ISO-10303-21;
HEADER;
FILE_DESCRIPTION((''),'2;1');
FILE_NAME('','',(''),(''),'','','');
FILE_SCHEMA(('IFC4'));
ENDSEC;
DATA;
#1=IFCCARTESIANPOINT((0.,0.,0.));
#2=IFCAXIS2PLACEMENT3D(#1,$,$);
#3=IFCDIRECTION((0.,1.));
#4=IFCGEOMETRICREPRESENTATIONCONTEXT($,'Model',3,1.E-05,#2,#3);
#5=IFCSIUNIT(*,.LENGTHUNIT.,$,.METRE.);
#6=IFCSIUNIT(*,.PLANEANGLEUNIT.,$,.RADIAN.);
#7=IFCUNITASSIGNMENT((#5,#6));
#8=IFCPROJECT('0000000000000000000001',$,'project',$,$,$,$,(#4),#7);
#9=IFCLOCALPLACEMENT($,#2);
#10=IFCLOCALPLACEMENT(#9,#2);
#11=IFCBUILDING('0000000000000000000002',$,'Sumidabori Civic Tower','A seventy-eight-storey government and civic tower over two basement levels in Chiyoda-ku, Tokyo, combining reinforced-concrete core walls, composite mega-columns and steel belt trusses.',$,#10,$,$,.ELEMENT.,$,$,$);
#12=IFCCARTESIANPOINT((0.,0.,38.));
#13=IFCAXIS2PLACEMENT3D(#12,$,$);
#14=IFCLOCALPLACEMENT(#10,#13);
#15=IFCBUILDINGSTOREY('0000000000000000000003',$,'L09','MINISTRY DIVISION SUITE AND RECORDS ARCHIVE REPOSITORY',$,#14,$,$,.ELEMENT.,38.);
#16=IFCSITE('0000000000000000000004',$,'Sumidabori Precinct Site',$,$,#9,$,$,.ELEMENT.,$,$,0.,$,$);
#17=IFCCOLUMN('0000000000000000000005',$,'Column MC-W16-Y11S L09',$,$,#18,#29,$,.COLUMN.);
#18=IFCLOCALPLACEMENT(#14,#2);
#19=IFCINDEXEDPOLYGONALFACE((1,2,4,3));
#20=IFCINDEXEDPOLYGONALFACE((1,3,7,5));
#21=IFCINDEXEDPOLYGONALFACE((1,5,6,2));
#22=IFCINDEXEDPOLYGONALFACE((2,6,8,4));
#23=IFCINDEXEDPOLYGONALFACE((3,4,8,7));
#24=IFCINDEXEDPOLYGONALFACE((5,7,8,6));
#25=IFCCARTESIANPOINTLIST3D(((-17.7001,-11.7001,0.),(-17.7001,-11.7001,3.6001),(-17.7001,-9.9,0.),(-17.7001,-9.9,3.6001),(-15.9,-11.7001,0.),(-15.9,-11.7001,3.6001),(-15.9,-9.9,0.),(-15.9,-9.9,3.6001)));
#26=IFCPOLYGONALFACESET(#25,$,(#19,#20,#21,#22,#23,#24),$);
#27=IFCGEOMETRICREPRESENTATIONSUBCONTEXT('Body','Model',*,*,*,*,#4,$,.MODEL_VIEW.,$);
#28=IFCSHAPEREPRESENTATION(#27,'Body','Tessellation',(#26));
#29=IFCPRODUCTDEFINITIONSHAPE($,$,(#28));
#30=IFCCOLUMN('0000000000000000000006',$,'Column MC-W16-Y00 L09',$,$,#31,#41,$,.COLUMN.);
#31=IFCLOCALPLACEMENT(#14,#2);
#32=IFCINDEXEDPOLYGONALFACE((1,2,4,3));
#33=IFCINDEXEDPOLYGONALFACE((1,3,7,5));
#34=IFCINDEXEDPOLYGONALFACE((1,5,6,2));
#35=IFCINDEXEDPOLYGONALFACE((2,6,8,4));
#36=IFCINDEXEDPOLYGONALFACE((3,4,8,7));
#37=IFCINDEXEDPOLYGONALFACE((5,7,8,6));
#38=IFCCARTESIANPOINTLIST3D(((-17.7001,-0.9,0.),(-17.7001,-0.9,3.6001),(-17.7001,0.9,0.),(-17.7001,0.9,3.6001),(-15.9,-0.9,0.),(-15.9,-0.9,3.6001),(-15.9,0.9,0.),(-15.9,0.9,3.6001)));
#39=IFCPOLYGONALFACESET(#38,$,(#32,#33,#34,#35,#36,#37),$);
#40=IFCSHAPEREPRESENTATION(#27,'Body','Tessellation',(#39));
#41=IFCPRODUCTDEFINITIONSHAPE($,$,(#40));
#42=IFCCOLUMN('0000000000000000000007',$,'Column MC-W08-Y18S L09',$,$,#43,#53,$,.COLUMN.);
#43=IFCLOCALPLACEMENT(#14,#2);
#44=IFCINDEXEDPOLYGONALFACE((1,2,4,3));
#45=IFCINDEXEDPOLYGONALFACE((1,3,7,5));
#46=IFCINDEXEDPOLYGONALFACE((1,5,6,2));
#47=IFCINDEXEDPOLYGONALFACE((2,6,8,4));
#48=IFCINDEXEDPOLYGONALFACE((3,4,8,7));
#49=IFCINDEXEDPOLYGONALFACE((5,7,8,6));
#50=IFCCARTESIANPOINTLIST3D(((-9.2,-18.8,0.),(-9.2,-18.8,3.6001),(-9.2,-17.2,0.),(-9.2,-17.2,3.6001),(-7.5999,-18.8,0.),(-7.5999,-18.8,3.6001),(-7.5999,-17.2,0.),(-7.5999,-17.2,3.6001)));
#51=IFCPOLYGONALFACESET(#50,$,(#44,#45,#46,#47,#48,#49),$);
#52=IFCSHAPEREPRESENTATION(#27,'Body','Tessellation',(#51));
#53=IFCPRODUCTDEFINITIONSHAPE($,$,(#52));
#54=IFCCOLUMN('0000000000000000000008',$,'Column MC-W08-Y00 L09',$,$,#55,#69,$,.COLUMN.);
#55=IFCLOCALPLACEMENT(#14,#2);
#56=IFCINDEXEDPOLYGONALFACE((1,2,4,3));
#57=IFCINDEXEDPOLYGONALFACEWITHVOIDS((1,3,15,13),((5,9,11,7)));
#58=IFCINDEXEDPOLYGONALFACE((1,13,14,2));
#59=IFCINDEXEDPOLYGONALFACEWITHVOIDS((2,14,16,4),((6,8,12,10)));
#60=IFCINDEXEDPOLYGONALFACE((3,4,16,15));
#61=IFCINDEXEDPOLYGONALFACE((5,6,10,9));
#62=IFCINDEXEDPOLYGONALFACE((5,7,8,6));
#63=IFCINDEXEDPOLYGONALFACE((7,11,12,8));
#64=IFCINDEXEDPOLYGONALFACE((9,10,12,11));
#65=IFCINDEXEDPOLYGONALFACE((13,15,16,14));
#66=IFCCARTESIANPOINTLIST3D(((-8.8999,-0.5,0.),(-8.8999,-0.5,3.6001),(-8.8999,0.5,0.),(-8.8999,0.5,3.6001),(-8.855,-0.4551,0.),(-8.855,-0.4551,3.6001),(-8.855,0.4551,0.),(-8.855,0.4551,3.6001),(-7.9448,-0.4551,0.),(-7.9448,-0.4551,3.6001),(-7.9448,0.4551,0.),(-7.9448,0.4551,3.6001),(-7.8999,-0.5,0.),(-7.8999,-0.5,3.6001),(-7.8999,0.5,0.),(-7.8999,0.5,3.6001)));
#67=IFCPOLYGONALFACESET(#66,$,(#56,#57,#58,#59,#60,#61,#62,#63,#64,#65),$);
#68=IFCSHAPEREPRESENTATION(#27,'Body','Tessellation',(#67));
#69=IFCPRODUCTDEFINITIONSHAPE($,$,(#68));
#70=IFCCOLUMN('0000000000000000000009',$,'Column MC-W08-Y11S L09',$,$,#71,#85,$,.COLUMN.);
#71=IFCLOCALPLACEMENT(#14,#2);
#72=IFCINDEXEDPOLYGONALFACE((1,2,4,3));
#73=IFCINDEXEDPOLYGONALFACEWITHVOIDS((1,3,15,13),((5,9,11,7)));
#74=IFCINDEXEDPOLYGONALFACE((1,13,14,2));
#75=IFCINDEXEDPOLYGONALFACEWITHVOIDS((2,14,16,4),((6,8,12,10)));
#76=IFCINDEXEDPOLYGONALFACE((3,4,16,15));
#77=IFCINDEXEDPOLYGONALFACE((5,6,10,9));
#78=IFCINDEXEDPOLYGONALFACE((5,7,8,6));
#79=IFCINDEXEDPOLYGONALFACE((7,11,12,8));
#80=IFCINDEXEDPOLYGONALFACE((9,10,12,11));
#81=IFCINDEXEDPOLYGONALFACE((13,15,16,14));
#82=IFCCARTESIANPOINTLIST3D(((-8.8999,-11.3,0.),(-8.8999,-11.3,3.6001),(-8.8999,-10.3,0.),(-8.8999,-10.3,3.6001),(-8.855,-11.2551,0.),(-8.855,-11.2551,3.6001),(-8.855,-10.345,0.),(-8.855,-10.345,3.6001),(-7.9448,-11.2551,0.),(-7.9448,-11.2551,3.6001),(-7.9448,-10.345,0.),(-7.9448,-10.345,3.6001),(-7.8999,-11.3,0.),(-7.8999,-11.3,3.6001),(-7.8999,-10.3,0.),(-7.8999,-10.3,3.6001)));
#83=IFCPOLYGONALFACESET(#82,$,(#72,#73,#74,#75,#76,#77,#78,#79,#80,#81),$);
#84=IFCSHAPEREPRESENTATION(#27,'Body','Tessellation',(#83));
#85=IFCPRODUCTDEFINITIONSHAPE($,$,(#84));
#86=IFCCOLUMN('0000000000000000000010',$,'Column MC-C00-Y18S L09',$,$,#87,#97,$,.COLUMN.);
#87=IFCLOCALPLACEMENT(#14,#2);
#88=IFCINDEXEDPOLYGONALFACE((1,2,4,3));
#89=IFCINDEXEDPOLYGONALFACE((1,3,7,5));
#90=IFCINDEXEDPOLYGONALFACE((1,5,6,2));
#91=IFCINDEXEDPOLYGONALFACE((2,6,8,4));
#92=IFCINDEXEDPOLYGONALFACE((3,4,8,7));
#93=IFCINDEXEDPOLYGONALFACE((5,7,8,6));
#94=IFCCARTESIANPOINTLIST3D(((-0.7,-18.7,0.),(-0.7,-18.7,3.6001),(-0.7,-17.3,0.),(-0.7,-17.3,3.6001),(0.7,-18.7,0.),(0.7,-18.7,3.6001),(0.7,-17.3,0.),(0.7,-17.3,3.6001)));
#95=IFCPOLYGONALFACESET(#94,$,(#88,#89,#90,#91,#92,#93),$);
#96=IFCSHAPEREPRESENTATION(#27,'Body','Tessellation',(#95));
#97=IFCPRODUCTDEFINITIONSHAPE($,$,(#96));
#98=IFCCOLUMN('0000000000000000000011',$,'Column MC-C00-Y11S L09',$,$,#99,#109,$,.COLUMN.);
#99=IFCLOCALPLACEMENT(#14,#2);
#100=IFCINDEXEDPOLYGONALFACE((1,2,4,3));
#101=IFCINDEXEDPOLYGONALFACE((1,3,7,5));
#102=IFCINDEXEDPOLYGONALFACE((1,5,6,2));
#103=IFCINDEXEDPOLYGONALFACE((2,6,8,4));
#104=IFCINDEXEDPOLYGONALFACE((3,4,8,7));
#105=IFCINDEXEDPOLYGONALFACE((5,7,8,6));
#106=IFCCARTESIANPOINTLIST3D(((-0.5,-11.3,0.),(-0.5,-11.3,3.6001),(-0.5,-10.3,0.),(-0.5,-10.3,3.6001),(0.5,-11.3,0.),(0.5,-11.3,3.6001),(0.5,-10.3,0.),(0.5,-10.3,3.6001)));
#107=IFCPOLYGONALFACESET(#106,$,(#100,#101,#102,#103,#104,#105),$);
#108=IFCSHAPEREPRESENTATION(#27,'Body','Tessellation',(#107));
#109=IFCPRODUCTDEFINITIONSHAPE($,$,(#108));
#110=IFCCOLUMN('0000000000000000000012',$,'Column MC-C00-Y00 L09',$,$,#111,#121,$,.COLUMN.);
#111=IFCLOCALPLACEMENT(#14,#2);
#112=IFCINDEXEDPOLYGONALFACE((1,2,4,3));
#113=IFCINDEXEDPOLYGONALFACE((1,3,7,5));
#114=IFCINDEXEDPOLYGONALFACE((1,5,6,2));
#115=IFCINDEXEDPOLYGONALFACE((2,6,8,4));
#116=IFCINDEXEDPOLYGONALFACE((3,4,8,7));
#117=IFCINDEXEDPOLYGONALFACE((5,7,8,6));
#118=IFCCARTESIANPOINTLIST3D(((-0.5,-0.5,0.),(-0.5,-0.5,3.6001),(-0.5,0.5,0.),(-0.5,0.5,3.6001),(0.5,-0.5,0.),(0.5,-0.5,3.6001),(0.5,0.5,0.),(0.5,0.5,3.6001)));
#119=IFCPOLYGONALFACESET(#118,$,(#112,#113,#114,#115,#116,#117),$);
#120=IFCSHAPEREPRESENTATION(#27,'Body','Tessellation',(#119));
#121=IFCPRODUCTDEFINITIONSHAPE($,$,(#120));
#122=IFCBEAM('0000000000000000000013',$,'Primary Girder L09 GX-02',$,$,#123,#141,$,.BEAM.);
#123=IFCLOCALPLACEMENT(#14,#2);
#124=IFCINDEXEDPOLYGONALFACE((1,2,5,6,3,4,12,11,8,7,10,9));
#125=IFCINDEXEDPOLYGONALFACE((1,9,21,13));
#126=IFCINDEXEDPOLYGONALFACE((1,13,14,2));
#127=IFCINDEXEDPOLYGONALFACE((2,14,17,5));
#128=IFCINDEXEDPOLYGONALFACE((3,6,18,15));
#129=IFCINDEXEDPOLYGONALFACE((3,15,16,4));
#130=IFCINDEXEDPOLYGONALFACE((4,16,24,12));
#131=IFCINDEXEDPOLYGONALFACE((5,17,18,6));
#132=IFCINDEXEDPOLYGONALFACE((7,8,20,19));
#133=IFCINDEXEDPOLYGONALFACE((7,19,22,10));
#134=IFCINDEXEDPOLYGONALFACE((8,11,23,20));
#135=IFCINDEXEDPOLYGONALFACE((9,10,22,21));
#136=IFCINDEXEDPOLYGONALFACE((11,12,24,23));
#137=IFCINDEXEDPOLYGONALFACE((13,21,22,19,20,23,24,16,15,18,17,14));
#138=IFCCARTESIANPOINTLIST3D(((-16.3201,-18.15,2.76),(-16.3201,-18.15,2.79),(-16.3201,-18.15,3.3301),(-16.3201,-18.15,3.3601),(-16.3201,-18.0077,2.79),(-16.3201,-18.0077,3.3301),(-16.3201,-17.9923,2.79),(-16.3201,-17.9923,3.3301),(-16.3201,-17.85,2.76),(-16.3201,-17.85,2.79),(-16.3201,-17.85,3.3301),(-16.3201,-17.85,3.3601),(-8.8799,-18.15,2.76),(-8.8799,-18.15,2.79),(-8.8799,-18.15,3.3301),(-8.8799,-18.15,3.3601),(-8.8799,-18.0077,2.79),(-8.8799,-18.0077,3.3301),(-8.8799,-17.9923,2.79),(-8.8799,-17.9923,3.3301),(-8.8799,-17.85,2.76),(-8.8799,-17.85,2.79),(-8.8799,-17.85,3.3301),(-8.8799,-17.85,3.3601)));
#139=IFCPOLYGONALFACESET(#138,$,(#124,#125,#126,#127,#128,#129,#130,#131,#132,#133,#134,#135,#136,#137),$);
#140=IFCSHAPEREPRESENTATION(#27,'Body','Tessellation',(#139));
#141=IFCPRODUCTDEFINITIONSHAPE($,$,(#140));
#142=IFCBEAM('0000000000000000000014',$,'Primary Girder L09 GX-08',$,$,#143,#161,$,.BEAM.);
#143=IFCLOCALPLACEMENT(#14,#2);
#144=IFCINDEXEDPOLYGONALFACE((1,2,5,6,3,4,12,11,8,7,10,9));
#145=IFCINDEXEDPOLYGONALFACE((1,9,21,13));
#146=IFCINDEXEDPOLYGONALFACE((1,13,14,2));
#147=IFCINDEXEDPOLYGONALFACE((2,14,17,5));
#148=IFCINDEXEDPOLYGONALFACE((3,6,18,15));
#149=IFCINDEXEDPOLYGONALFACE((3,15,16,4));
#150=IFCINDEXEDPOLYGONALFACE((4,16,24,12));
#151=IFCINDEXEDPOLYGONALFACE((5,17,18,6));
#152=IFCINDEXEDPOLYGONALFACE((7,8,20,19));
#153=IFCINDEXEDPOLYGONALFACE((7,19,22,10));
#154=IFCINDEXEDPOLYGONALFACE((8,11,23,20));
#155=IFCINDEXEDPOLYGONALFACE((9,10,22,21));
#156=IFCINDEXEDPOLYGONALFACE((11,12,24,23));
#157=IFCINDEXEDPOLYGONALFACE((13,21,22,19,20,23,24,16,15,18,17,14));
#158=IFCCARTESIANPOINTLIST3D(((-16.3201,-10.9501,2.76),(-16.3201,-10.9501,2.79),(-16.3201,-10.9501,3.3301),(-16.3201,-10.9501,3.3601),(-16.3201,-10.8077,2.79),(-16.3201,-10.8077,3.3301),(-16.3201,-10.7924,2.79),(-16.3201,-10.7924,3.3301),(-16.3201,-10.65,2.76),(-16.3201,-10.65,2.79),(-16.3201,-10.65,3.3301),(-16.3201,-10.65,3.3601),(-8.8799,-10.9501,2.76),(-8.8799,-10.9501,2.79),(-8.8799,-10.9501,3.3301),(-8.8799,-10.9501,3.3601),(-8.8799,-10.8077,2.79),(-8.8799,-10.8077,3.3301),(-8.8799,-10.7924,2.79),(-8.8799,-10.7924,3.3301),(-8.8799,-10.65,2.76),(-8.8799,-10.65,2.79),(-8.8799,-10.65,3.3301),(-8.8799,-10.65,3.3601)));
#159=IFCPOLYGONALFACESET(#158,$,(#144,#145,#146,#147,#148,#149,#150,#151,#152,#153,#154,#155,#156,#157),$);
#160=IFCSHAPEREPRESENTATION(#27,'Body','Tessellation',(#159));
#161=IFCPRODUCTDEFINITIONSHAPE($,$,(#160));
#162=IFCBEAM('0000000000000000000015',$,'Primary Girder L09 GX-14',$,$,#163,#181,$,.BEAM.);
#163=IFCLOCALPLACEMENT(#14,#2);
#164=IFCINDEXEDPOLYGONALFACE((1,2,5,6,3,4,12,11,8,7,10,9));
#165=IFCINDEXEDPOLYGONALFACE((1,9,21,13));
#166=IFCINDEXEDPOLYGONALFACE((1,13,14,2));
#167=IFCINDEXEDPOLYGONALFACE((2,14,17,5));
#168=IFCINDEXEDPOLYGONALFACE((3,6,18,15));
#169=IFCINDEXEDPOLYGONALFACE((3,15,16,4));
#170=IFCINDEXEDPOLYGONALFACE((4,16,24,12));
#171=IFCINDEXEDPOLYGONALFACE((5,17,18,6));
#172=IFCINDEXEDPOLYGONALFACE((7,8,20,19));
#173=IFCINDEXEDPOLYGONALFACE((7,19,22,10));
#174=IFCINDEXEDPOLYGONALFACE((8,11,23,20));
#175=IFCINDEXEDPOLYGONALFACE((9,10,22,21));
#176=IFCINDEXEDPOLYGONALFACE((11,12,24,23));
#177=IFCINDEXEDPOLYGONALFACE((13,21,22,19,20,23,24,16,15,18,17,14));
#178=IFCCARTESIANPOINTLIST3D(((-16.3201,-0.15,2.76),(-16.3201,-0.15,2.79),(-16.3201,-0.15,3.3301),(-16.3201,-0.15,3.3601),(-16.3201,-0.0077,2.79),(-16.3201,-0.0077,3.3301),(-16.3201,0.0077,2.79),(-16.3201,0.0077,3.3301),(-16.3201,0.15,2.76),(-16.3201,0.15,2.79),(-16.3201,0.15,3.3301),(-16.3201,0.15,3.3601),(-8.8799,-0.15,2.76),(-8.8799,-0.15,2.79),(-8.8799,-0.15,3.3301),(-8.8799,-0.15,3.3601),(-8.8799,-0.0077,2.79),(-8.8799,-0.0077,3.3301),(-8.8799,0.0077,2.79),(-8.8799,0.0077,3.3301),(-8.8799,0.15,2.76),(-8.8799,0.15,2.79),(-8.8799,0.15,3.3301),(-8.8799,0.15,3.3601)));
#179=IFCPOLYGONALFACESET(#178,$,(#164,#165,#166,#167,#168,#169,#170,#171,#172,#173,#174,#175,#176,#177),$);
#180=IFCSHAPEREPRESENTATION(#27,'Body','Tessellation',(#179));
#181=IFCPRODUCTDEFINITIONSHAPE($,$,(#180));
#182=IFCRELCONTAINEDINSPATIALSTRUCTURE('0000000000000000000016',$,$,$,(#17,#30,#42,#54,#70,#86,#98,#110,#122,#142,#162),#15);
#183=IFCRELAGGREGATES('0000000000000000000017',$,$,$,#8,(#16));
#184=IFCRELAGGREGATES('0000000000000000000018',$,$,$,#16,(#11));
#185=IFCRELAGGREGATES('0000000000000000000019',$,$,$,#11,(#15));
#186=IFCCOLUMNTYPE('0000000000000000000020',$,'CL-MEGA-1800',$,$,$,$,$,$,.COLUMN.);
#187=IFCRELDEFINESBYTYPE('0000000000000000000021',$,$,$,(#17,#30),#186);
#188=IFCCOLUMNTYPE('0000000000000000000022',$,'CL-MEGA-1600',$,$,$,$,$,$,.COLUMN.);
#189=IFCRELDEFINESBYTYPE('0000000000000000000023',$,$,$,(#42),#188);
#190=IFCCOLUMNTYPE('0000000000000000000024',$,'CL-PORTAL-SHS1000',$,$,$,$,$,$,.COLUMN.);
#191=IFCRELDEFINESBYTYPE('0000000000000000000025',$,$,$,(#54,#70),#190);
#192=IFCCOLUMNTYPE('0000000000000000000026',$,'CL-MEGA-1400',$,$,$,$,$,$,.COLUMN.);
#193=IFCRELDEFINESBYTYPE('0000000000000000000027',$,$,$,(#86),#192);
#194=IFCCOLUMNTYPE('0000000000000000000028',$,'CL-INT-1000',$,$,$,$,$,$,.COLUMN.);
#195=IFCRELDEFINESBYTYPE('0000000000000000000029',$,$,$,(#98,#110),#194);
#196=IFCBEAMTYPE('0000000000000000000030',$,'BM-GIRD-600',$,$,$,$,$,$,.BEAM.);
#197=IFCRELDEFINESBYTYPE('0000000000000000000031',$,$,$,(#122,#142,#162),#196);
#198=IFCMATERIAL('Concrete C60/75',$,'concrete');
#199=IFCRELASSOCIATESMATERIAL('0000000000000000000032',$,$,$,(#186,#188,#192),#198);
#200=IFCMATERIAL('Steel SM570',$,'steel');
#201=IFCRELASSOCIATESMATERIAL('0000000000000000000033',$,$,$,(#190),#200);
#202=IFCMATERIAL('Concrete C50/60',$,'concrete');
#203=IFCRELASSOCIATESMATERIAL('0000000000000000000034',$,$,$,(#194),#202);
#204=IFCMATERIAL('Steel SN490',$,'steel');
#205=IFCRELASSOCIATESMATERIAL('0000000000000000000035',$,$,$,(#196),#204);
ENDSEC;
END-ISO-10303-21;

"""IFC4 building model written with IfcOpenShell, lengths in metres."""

from ifc_helpers import new_model, si_unit, direction, frame, origin, origin_2d, place, context, subcontext, project, spatial, rectangle, hollow_rectangle, i_section, extrude, source, transform, mapped, material, material_profile, profile_set, type_object, element, save


model = new_model("IFC4")

# Units and contexts
model_context = context("Model", 3, precision=1e-05, world=origin(), true_north=direction((0.0, 1.0)))
body_context = subcontext(model_context, "Body", "Model", "MODEL_VIEW")
ifc_project = project(units=[si_unit("LENGTHUNIT", "METRE"), si_unit("PLANEANGLEUNIT", "RADIAN")], contexts=[model_context])

# Site, building, storey
site_placement = place(None, origin())
site = spatial("IfcSite", under=ifc_project, at=site_placement, Name="Sumidabori Precinct Site", CompositionType="ELEMENT", RefElevation=0.0)
building_placement = place(site_placement, origin())
building = spatial("IfcBuilding", under=site, at=building_placement, Name="Sumidabori Civic Tower", Description="A seventy-eight-storey government and civic tower over two basement levels in Chiyoda-ku, Tokyo, combining reinforced-concrete core walls, composite mega-columns and steel belt trusses.", CompositionType="ELEMENT")
storey_placement = place(building_placement, frame((0.0, 0.0, 38.0)))
storey = spatial("IfcBuildingStorey", under=building, at=storey_placement, Name="L09", Description="MINISTRY DIVISION SUITE AND RECORDS ARCHIVE REPOSITORY", CompositionType="ELEMENT", Elevation=38.0)

# Columns
ifc_material_1 = material(Name="Concrete C60/75", Category="concrete")
ifc_material_profile_1 = material_profile(ifc_material_1, rectangle(XDim=1.8, YDim=1.8, at=origin_2d()), Name="RC 1800x1800")
ifc_profile_set_1 = profile_set([ifc_material_profile_1], Name="Concrete C60/75")
column_type_1 = type_object("IfcColumnType", Name="CL-MEGA-1800", PredefinedType="COLUMN", material=ifc_profile_set_1)
shared_shape_1 = source(origin(), body_context, "Body", "SweptSolid", [
    extrude(rectangle(XDim=1.8, YDim=1.8, at=origin_2d()), origin(), (0.0, 0.0, 1.0), 3.6001),
])
for number, where, z_axis, x_axis, name in (
    (1, (-16.8, -10.8, 0.0), (0.0, 0.0, 1.0), (1.0, 0.0, 0.0), "Column MC-W16-Y11S L09"),
    (2, (-16.8, 0.0, 0.0), (0.0, 0.0, 1.0), (1.0, 0.0, 0.0), "Column MC-W16-Y00 L09"),
):
    element("IfcColumn", number, at=place(storey_placement, frame(where, z_axis=z_axis, x_axis=x_axis)), inside=storey, type_object=column_type_1, Name=name, PredefinedType="COLUMN", context=body_context, shape_type="MappedRepresentation", body=[
        mapped(shared_shape_1, transform((0.0, 0.0, 0.0), x_axis=(1.0, 0.0, 0.0), y_axis=(0.0, 1.0, 0.0), z_axis=(0.0, 0.0, 1.0), scale=1.0)),
    ])
ifc_material_profile_2 = material_profile(ifc_material_1, rectangle(XDim=1.6001, YDim=1.6001, at=origin_2d()), Name="RC 1600x1600")
ifc_profile_set_2 = profile_set([ifc_material_profile_2], Name="Concrete C60/75")
column_type_2 = type_object("IfcColumnType", Name="CL-MEGA-1600", PredefinedType="COLUMN", material=ifc_profile_set_2)
shared_shape_2 = source(origin(), body_context, "Body", "SweptSolid", [
    extrude(rectangle(XDim=1.6001, YDim=1.6001, at=origin_2d()), origin(), (0.0, 0.0, 1.0), 3.6001),
])
column_1_placement = place(storey_placement, frame((-8.3999, -18.0, 0.0), z_axis=(0.0, 0.0, 1.0), x_axis=(1.0, 0.0, 0.0)))
element("IfcColumn", 3, at=column_1_placement, inside=storey, type_object=column_type_2, Name="Column MC-W08-Y18S L09", PredefinedType="COLUMN", context=body_context, shape_type="MappedRepresentation", body=[
    mapped(shared_shape_2, transform((0.0, 0.0, 0.0), x_axis=(1.0, 0.0, 0.0), y_axis=(0.0, 1.0, 0.0), z_axis=(0.0, 0.0, 1.0), scale=1.0)),
])
ifc_material_2 = material(Name="Steel SM570", Category="steel")
ifc_material_profile_3 = material_profile(ifc_material_2, hollow_rectangle(XDim=1.0, YDim=1.0, WallThickness=0.0449, at=origin_2d()), Name="SHS 1000x1000x45")
ifc_profile_set_3 = profile_set([ifc_material_profile_3], Name="Steel SM570")
column_type_3 = type_object("IfcColumnType", Name="CL-PORTAL-SHS1000", PredefinedType="COLUMN", material=ifc_profile_set_3)
shared_shape_3 = source(origin(), body_context, "Body", "SweptSolid", [
    extrude(hollow_rectangle(XDim=1.0, YDim=1.0, WallThickness=0.0449, at=origin_2d()), origin(), (0.0, 0.0, 1.0), 3.6001),
])
for number, where, z_axis, x_axis, name in (
    (4, (-8.3999, 0.0, 0.0), (0.0, 0.0, 1.0), (1.0, 0.0, 0.0), "Column MC-W08-Y00 L09"),
    (5, (-8.3999, -10.8, 0.0), (0.0, 0.0, 1.0), (1.0, 0.0, 0.0), "Column MC-W08-Y11S L09"),
):
    element("IfcColumn", number, at=place(storey_placement, frame(where, z_axis=z_axis, x_axis=x_axis)), inside=storey, type_object=column_type_3, Name=name, PredefinedType="COLUMN", context=body_context, shape_type="MappedRepresentation", body=[
        mapped(shared_shape_3, transform((0.0, 0.0, 0.0), x_axis=(1.0, 0.0, 0.0), y_axis=(0.0, 1.0, 0.0), z_axis=(0.0, 0.0, 1.0), scale=1.0)),
    ])
ifc_material_profile_4 = material_profile(ifc_material_1, rectangle(XDim=1.3999, YDim=1.3999, at=origin_2d()), Name="RC 1400x1400")
ifc_profile_set_4 = profile_set([ifc_material_profile_4], Name="Concrete C60/75")
column_type_4 = type_object("IfcColumnType", Name="CL-MEGA-1400", PredefinedType="COLUMN", material=ifc_profile_set_4)
shared_shape_4 = source(origin(), body_context, "Body", "SweptSolid", [
    extrude(rectangle(XDim=1.3999, YDim=1.3999, at=origin_2d()), origin(), (0.0, 0.0, 1.0), 3.6001),
])
column_2_placement = place(storey_placement, frame((0.0, -18.0, 0.0), z_axis=(0.0, 0.0, 1.0), x_axis=(1.0, 0.0, 0.0)))
element("IfcColumn", 6, at=column_2_placement, inside=storey, type_object=column_type_4, Name="Column MC-C00-Y18S L09", PredefinedType="COLUMN", context=body_context, shape_type="MappedRepresentation", body=[
    mapped(shared_shape_4, transform((0.0, 0.0, 0.0), x_axis=(1.0, 0.0, 0.0), y_axis=(0.0, 1.0, 0.0), z_axis=(0.0, 0.0, 1.0), scale=1.0)),
])
ifc_material_3 = material(Name="Concrete C50/60", Category="concrete")
ifc_material_profile_5 = material_profile(ifc_material_3, rectangle(XDim=1.0, YDim=1.0, at=origin_2d()), Name="RC 1000x1000")
ifc_profile_set_5 = profile_set([ifc_material_profile_5], Name="Concrete C50/60")
column_type_5 = type_object("IfcColumnType", Name="CL-INT-1000", PredefinedType="COLUMN", material=ifc_profile_set_5)
shared_shape_5 = source(origin(), body_context, "Body", "SweptSolid", [
    extrude(rectangle(XDim=1.0, YDim=1.0, at=origin_2d()), origin(), (0.0, 0.0, 1.0), 3.6001),
])
for number, where, z_axis, x_axis, name in (
    (7, (0.0, -10.8, 0.0), (0.0, 0.0, 1.0), (1.0, 0.0, 0.0), "Column MC-C00-Y11S L09"),
    (8, (0.0, 0.0, 0.0), (0.0, 0.0, 1.0), (1.0, 0.0, 0.0), "Column MC-C00-Y00 L09"),
):
    element("IfcColumn", number, at=place(storey_placement, frame(where, z_axis=z_axis, x_axis=x_axis)), inside=storey, type_object=column_type_5, Name=name, PredefinedType="COLUMN", context=body_context, shape_type="MappedRepresentation", body=[
        mapped(shared_shape_5, transform((0.0, 0.0, 0.0), x_axis=(1.0, 0.0, 0.0), y_axis=(0.0, 1.0, 0.0), z_axis=(0.0, 0.0, 1.0), scale=1.0)),
    ])

# Beams
ifc_material_4 = material(Name="Steel SN490", Category="steel")
ifc_material_profile_6 = material_profile(ifc_material_4, i_section(OverallWidth=0.3, OverallDepth=0.6001, WebThickness=0.0154, FlangeThickness=0.03, at=origin_2d()), Name="HE 600 B")
ifc_profile_set_6 = profile_set([ifc_material_profile_6], Name="Steel SN490")
beam_type_1 = type_object("IfcBeamType", Name="BM-GIRD-600", PredefinedType="BEAM", material=ifc_profile_set_6)
shared_shape_6 = source(origin(), body_context, "Body", "SweptSolid", [
    extrude(i_section(OverallWidth=0.3, OverallDepth=0.6001, WebThickness=0.0154, FlangeThickness=0.03, at=origin_2d()), origin(), (0.0, 0.0, 1.0), 7.4402),
])
for number, where, z_axis, x_axis, name in (
    (9, (-16.3201, -18.0, 3.0601), (1.0, 0.0, 0.0), (0.0, 1.0, 0.0), "Primary Girder L09 GX-02"),
    (10, (-16.3201, -10.8, 3.0601), (1.0, 0.0, 0.0), (0.0, 1.0, 0.0), "Primary Girder L09 GX-08"),
    (11, (-16.3201, 0.0, 3.0601), (1.0, 0.0, 0.0), (0.0, 1.0, 0.0), "Primary Girder L09 GX-14"),
):
    element("IfcBeam", number, at=place(storey_placement, frame(where, z_axis=z_axis, x_axis=x_axis)), inside=storey, type_object=beam_type_1, Name=name, PredefinedType="BEAM", context=body_context, shape_type="MappedRepresentation", body=[
        mapped(shared_shape_6, transform((0.0, 0.0, 0.0), x_axis=(1.0, 0.0, 0.0), y_axis=(0.0, 1.0, 0.0), z_axis=(0.0, 0.0, 1.0), scale=1.0)),
    ])

save(model, "model.ifc")
